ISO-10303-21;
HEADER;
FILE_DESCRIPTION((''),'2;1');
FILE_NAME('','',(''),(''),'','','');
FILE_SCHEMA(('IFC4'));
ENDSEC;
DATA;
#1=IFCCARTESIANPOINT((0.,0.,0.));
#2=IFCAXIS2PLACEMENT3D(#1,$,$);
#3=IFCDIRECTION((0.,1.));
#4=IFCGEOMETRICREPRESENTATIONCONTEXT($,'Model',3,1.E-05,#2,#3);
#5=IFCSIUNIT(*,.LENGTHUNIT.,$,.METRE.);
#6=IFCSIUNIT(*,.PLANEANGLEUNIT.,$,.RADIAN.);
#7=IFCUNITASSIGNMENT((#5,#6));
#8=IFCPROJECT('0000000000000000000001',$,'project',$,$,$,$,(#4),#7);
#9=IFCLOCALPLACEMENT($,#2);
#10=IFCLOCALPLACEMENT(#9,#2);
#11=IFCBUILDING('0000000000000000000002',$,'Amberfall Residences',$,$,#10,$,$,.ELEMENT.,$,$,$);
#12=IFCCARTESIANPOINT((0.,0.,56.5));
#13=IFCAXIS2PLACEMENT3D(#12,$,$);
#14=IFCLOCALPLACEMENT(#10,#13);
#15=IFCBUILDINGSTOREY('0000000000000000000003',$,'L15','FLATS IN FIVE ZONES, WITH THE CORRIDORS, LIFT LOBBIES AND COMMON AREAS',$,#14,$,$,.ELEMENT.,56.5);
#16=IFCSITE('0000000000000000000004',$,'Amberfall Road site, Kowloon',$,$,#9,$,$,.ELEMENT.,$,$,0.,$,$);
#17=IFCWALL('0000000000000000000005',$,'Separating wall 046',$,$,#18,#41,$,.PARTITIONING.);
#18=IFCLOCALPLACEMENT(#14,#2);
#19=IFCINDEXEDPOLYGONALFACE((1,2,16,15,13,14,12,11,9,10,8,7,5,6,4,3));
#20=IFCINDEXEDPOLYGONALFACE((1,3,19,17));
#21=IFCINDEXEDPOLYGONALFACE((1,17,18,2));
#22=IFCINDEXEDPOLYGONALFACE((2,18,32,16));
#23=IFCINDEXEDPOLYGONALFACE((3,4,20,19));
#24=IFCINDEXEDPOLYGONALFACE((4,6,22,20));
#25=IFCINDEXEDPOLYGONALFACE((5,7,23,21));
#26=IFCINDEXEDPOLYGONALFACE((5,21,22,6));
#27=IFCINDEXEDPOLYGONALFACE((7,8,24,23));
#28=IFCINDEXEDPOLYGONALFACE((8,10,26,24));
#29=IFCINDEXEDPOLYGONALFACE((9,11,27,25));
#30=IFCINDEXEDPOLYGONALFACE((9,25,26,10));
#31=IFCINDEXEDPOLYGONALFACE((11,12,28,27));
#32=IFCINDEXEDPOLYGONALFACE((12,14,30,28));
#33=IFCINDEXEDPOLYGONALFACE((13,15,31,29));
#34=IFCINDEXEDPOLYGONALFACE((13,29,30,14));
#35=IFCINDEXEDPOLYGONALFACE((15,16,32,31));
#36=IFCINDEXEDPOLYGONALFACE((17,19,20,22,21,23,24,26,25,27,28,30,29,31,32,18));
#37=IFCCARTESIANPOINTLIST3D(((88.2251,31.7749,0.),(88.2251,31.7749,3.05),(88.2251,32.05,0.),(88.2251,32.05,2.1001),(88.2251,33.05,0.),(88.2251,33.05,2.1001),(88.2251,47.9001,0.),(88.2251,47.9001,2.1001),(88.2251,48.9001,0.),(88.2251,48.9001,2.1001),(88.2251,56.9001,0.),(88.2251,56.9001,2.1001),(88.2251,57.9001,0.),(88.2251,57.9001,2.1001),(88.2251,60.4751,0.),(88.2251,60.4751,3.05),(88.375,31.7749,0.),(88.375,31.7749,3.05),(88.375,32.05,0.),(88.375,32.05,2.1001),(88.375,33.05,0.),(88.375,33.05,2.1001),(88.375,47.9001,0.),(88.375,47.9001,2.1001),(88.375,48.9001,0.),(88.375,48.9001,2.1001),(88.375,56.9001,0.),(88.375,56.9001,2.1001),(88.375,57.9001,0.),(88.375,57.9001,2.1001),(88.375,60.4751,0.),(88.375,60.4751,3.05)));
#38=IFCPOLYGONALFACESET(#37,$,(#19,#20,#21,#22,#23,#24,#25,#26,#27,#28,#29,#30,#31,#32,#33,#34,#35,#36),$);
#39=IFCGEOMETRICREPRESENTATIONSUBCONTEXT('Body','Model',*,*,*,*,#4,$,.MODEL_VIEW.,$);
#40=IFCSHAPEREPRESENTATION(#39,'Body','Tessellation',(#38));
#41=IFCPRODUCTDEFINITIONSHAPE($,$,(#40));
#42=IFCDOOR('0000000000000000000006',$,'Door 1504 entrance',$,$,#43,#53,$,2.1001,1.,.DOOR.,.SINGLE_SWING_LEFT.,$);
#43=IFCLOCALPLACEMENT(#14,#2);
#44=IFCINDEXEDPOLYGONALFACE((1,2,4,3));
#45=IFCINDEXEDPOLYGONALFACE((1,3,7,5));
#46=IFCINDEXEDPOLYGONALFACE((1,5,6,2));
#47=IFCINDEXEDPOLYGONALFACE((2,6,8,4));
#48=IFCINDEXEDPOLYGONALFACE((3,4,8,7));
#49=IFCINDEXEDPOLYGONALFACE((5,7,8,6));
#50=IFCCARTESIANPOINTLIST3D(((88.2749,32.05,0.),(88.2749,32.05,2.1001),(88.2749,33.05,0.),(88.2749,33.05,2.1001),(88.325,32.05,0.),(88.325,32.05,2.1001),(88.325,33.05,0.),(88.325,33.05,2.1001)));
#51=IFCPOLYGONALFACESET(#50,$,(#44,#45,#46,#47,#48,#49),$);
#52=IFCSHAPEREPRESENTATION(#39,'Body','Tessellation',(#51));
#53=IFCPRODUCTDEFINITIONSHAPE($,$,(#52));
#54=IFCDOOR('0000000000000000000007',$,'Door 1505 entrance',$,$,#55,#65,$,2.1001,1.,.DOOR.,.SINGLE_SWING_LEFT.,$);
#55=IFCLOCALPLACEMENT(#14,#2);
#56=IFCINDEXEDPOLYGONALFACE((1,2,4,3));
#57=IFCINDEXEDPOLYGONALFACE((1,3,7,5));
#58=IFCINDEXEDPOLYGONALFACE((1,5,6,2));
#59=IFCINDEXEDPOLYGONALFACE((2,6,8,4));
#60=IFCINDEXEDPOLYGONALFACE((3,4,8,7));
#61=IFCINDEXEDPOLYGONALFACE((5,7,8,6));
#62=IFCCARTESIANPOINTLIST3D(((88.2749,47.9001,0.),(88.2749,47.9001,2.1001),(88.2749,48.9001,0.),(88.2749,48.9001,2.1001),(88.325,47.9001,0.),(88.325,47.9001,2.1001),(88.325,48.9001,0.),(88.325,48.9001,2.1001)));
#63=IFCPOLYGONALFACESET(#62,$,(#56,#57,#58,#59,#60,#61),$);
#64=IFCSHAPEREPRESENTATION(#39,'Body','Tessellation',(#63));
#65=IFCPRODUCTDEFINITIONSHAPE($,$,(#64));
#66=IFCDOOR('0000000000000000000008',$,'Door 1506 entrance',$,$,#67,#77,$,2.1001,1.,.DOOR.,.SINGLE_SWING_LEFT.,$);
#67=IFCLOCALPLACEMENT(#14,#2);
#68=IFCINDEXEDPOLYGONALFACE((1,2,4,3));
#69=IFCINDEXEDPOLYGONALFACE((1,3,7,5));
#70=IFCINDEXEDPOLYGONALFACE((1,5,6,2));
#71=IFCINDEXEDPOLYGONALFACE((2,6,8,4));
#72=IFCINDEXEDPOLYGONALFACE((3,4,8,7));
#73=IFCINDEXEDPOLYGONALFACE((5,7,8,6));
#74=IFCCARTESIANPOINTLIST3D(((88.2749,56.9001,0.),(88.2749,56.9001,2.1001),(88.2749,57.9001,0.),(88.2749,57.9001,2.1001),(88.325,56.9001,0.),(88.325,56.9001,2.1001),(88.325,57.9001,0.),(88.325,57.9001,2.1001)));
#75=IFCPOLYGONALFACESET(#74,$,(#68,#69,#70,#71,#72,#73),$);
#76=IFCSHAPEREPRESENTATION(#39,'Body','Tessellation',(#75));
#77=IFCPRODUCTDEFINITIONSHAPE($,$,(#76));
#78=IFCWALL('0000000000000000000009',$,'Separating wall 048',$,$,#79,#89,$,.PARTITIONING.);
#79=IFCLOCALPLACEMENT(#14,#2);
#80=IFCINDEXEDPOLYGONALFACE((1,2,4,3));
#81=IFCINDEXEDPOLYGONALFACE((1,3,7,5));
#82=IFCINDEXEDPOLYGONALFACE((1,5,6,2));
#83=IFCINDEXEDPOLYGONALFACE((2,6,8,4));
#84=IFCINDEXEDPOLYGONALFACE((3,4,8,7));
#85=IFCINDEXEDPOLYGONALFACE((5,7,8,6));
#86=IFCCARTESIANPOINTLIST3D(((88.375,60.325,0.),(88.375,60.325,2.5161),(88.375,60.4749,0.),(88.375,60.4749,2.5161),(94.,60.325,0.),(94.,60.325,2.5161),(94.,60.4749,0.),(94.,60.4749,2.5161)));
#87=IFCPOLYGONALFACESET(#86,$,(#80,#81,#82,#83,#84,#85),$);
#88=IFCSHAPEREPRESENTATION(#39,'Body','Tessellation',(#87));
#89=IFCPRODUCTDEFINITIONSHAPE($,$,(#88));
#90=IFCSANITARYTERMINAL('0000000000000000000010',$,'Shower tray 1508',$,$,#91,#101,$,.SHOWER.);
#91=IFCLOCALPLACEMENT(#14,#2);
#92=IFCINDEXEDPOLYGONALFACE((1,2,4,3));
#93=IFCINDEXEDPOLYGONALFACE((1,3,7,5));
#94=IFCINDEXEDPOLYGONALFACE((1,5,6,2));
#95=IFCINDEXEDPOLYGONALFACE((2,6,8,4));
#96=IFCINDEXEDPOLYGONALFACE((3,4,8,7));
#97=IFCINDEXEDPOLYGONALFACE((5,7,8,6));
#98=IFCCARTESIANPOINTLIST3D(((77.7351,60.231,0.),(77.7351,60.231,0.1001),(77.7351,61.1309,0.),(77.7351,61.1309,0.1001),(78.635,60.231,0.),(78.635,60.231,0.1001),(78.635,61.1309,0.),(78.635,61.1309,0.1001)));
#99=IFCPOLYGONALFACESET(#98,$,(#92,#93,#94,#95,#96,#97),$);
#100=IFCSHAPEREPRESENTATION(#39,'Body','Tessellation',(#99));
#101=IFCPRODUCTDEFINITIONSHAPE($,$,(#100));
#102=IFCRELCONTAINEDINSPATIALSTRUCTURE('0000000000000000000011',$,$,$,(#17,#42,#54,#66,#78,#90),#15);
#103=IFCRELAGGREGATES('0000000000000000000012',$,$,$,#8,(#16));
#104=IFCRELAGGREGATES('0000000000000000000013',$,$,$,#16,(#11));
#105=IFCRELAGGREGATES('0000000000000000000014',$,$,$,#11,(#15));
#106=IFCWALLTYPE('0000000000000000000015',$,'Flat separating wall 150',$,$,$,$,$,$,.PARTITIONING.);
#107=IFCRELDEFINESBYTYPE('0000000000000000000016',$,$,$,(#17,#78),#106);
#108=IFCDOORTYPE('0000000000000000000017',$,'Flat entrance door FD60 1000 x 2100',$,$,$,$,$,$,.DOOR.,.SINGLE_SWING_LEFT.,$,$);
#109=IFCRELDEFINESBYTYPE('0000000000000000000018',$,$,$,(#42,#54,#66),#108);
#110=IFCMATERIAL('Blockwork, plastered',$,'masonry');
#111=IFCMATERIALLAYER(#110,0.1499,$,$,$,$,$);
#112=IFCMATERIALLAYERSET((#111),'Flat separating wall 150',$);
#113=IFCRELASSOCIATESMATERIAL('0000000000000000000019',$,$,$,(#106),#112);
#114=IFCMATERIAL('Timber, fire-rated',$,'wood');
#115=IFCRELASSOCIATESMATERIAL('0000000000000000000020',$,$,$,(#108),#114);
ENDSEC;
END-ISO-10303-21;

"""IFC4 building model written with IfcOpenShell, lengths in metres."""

from ifc_helpers import new_model, si_unit, direction, frame, frame_2d, origin, origin_2d, place, context, subcontext, project, spatial, rectangle, extrude, material, layer, layer_set, type_object, element, fill, save


model = new_model("IFC4")

# Units and contexts
model_context = context("Model", 3, precision=1e-05, world=origin(), true_north=direction((0.0, 1.0)))
body_context = subcontext(model_context, "Body", "Model", "MODEL_VIEW")
ifc_project = project(units=[si_unit("LENGTHUNIT", "METRE"), si_unit("PLANEANGLEUNIT", "RADIAN")], contexts=[model_context])

# Site, building, storey
site_placement = place(None, origin())
site = spatial("IfcSite", under=ifc_project, at=site_placement, Name="Amberfall Road site, Kowloon", CompositionType="ELEMENT", RefElevation=0.0)
building_placement = place(site_placement, origin())
building = spatial("IfcBuilding", under=site, at=building_placement, Name="Amberfall Residences", CompositionType="ELEMENT")
storey_placement = place(building_placement, frame((0.0, 0.0, 56.5)))
storey = spatial("IfcBuildingStorey", under=building, at=storey_placement, Name="L15", Description="FLATS IN FIVE ZONES, WITH THE CORRIDORS, LIFT LOBBIES AND COMMON AREAS", CompositionType="ELEMENT", Elevation=56.5)

# Wall, openings, doors
ifc_material_1 = material(Name="Blockwork, plastered", Category="masonry")
ifc_layer_1 = layer(ifc_material_1, 0.1499)
ifc_layer_set_1 = layer_set([ifc_layer_1], Name="Flat separating wall 150")
wall_type_1 = type_object("IfcWallType", Name="Flat separating wall 150", PredefinedType="PARTITIONING", material=ifc_layer_set_1)
wall_1_placement = place(storey_placement, frame((88.3, 60.4751, 0.0), z_axis=(0.0, 0.0, 1.0), x_axis=(0.0, -1.0, 0.0)))
wall_1 = element("IfcWall", 1, at=wall_1_placement, inside=storey, type_object=wall_type_1, Name="Separating wall 046", PredefinedType="PARTITIONING", context=body_context, shape_type="SweptSolid", body=[
    extrude(rectangle(XDim=28.7002, YDim=0.1499, at=frame_2d((14.3501, 0.0))), origin(), (0.0, 0.0, 1.0), 3.05),
])
opening_1_placement = place(wall_1_placement, frame((27.425, 0.0, 0.0)))
opening_1 = element("IfcOpeningElement", 2, at=opening_1_placement, cuts=wall_1, PredefinedType="OPENING", context=body_context, shape_type="SweptSolid", body=[
    extrude(rectangle(XDim=1.0, YDim=2.1001, at=frame_2d((0.5, 1.05))), frame((0.0, 0.085, 0.0), z_axis=(0.0, -1.0, 0.0), x_axis=(1.0, 0.0, 0.0)), (0.0, 0.0, 1.0), 0.1699),
])
opening_2_placement = place(wall_1_placement, frame((11.575, 0.0, 0.0)))
opening_2 = element("IfcOpeningElement", 3, at=opening_2_placement, cuts=wall_1, PredefinedType="OPENING", context=body_context, shape_type="SweptSolid", body=[
    extrude(rectangle(XDim=1.0, YDim=2.1001, at=frame_2d((0.5, 1.05))), frame((0.0, 0.085, 0.0), z_axis=(0.0, -1.0, 0.0), x_axis=(1.0, 0.0, 0.0)), (0.0, 0.0, 1.0), 0.1699),
])
opening_3_placement = place(wall_1_placement, frame((2.575, 0.0, 0.0)))
opening_3 = element("IfcOpeningElement", 4, at=opening_3_placement, cuts=wall_1, PredefinedType="OPENING", context=body_context, shape_type="SweptSolid", body=[
    extrude(rectangle(XDim=1.0, YDim=2.1001, at=frame_2d((0.5, 1.05))), frame((0.0, 0.085, 0.0), z_axis=(0.0, -1.0, 0.0), x_axis=(1.0, 0.0, 0.0)), (0.0, 0.0, 1.0), 0.1699),
])
ifc_material_2 = material(Name="Timber, fire-rated", Category="wood")
door_type_1 = type_object("IfcDoorType", Name="Flat entrance door FD60 1000 x 2100", OperationType="SINGLE_SWING_LEFT", PredefinedType="DOOR", material=ifc_material_2)
door_1_placement = place(opening_1_placement, origin())
door_1 = element("IfcDoor", 5, at=door_1_placement, inside=storey, type_object=door_type_1, Name="Door 1504 entrance", OperationType="SINGLE_SWING_LEFT", OverallHeight=2.1001, OverallWidth=1.0, PredefinedType="DOOR", context=body_context, shape_type="SweptSolid", body=[
    extrude(rectangle(XDim=1.0, YDim=2.1001, at=frame_2d((0.5, 1.05))), frame((0.0, 0.0249, 0.0), z_axis=(0.0, -1.0, 0.0), x_axis=(1.0, 0.0, 0.0)), (0.0, 0.0, 1.0), 0.05),
])
fill(opening_1, door_1)
door_2_placement = place(opening_2_placement, origin())
door_2 = element("IfcDoor", 6, at=door_2_placement, inside=storey, type_object=door_type_1, Name="Door 1505 entrance", OperationType="SINGLE_SWING_LEFT", OverallHeight=2.1001, OverallWidth=1.0, PredefinedType="DOOR", context=body_context, shape_type="SweptSolid", body=[
    extrude(rectangle(XDim=1.0, YDim=2.1001, at=frame_2d((0.5, 1.05))), frame((0.0, 0.0249, 0.0), z_axis=(0.0, -1.0, 0.0), x_axis=(1.0, 0.0, 0.0)), (0.0, 0.0, 1.0), 0.05),
])
fill(opening_2, door_2)
door_3_placement = place(opening_3_placement, origin())
door_3 = element("IfcDoor", 7, at=door_3_placement, inside=storey, type_object=door_type_1, Name="Door 1506 entrance", OperationType="SINGLE_SWING_LEFT", OverallHeight=2.1001, OverallWidth=1.0, PredefinedType="DOOR", context=body_context, shape_type="SweptSolid", body=[
    extrude(rectangle(XDim=1.0, YDim=2.1001, at=frame_2d((0.5, 1.05))), frame((0.0, 0.0249, 0.0), z_axis=(0.0, -1.0, 0.0), x_axis=(1.0, 0.0, 0.0)), (0.0, 0.0, 1.0), 0.05),
])
fill(opening_3, door_3)

# Wall
wall_2_placement = place(storey_placement, frame((88.375, 60.3999, 0.0), z_axis=(0.0, 0.0, 1.0), x_axis=(1.0, 0.0, 0.0)))
element("IfcWall", 8, at=wall_2_placement, inside=storey, type_object=wall_type_1, Name="Separating wall 048", PredefinedType="PARTITIONING", context=body_context, shape_type="SweptSolid", body=[
    extrude(rectangle(XDim=5.625, YDim=0.1499, at=frame_2d((2.8125, 0.0))), origin(), (0.0, 0.0, 1.0), 2.5161),
])

# Sanitary terminal
sanitary_terminal_placement = place(storey_placement, frame((78.1851, 60.6809, 0.0), z_axis=(0.0, 0.0, 1.0), x_axis=(1.0, 0.0, 0.0)))
element("IfcSanitaryTerminal", 9, at=sanitary_terminal_placement, inside=storey, Name="Shower tray 1508", PredefinedType="SHOWER", context=body_context, shape_type="SweptSolid", body=[
    extrude(rectangle(XDim=0.8999, YDim=0.8999, at=origin_2d()), origin(), (0.0, 0.0, 1.0), 0.1001),
])

save(model, "model.ifc")
